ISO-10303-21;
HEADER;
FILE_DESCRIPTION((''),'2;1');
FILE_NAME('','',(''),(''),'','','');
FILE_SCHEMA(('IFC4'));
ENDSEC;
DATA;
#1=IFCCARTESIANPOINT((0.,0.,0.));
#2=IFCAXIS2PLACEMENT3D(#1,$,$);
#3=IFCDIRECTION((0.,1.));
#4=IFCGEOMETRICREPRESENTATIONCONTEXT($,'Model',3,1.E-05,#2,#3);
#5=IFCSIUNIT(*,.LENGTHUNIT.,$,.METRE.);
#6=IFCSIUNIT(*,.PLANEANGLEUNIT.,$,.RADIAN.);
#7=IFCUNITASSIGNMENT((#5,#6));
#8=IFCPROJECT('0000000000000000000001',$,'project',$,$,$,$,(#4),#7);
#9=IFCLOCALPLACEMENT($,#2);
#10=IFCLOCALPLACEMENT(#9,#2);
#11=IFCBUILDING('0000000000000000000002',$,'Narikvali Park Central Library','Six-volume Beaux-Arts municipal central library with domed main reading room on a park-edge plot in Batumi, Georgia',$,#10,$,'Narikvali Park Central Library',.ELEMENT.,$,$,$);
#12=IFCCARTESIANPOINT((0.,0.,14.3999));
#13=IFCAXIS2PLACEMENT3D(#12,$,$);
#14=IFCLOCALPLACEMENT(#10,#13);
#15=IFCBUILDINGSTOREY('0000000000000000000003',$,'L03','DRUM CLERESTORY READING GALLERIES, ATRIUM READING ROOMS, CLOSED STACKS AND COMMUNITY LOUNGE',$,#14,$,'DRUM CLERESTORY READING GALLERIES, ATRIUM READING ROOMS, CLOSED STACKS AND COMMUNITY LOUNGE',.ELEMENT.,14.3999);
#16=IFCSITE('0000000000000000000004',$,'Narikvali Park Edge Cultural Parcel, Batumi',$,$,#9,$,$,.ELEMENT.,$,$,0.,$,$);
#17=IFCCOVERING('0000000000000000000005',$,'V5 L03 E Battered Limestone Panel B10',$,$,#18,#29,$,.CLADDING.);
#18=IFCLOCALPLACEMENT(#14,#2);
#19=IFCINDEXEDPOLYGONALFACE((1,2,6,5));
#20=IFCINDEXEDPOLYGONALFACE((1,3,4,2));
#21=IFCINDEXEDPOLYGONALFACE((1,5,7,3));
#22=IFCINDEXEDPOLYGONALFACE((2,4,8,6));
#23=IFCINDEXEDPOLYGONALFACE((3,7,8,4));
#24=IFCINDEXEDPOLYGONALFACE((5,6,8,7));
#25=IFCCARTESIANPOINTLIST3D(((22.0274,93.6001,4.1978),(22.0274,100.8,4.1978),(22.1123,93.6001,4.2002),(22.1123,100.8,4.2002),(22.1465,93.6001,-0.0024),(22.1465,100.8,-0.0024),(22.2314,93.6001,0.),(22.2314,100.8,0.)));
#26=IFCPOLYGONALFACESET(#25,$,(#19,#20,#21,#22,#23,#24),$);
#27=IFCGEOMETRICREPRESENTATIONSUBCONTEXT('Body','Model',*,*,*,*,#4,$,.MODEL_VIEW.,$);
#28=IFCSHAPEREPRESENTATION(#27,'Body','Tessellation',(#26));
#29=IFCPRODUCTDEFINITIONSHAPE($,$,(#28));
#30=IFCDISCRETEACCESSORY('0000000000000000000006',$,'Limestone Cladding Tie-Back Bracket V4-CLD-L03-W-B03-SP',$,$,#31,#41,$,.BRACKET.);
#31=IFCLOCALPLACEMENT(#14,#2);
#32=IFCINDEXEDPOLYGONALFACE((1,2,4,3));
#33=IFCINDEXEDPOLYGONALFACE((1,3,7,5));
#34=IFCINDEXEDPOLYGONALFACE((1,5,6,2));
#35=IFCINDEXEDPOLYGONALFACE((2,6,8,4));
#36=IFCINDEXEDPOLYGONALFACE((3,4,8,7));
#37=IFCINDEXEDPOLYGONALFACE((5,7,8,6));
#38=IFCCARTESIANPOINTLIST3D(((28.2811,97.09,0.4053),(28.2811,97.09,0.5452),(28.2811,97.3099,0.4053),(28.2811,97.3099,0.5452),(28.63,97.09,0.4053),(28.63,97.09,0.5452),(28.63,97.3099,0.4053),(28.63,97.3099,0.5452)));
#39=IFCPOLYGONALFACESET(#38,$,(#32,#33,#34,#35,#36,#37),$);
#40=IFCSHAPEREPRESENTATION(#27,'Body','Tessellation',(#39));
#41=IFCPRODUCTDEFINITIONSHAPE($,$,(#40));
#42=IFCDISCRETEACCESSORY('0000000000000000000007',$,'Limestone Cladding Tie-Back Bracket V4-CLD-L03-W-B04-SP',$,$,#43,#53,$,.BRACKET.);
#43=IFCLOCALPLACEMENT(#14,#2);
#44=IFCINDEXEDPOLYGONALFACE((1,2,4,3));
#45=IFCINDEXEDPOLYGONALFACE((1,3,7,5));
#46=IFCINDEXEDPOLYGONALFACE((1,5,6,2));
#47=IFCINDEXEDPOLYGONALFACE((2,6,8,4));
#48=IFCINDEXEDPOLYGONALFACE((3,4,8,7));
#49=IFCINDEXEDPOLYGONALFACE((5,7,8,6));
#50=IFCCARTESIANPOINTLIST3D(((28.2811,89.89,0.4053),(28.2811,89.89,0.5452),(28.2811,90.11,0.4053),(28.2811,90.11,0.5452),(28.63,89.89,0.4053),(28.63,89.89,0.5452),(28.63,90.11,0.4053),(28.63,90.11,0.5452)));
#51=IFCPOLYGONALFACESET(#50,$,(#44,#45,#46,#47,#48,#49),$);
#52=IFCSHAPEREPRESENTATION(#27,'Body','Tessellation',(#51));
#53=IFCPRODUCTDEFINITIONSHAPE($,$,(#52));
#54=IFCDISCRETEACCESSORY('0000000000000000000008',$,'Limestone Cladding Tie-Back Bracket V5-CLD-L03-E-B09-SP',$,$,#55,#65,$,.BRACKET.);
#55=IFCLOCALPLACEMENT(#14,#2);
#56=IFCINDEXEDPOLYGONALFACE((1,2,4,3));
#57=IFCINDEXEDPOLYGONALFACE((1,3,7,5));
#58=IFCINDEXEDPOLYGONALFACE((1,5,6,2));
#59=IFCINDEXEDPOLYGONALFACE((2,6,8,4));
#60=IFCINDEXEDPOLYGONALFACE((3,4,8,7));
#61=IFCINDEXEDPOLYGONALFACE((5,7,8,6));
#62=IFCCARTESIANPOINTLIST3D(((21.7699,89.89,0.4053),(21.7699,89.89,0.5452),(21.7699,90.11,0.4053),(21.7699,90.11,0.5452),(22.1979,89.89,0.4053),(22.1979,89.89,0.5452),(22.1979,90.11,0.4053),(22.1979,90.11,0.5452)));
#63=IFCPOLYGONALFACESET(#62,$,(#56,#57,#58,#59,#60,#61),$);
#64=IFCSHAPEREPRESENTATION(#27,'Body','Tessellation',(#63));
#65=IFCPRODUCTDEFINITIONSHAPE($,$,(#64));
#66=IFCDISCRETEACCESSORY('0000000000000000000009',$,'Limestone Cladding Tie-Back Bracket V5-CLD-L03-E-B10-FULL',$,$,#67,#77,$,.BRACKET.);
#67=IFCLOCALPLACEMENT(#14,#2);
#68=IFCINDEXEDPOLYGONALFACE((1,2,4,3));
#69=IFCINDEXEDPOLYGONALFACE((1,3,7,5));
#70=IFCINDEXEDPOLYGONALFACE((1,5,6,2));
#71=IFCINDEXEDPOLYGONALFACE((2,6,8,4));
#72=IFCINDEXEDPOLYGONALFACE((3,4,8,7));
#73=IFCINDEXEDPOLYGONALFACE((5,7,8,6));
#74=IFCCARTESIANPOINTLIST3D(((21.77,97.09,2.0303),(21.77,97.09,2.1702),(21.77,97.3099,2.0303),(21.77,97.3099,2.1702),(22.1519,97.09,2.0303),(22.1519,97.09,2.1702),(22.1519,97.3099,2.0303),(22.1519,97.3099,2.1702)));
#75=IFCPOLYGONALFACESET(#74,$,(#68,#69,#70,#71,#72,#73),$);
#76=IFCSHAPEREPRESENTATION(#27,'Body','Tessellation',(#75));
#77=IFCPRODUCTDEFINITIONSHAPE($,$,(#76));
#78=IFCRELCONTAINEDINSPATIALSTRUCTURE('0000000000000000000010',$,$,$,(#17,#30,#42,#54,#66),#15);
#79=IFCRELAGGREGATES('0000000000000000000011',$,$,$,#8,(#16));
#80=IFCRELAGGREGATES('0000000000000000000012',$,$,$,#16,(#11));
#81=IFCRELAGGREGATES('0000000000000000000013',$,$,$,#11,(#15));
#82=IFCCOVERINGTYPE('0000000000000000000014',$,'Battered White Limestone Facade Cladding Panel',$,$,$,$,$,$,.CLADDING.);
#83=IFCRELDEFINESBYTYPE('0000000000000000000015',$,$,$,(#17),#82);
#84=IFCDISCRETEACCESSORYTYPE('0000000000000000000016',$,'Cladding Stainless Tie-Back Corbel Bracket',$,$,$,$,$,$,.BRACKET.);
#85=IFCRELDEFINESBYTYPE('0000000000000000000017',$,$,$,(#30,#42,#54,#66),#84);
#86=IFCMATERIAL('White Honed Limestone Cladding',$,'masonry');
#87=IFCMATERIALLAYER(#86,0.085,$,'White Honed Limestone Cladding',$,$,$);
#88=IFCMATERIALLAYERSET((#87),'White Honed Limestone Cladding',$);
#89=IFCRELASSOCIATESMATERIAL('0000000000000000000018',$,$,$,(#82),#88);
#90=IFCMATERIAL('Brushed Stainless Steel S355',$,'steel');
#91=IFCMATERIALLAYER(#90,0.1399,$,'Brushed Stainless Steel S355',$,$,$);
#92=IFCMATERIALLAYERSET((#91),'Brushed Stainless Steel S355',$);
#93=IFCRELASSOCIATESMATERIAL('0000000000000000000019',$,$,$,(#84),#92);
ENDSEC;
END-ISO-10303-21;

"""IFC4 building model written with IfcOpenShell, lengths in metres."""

from ifc_helpers import new_model, si_unit, direction, frame, origin, origin_2d, place, context, subcontext, project, spatial, polyline, rectangle, outline, extrude, material, layer, layer_set, type_object, element, save


model = new_model("IFC4")

# Units and contexts
model_context = context("Model", 3, precision=1e-05, world=origin(), true_north=direction((0.0, 1.0)))
body_context = subcontext(model_context, "Body", "Model", "MODEL_VIEW")
ifc_project = project(units=[si_unit("LENGTHUNIT", "METRE"), si_unit("PLANEANGLEUNIT", "RADIAN")], contexts=[model_context])

# Site, building, storey
site_placement = place(None, origin())
site = spatial("IfcSite", under=ifc_project, at=site_placement, Name="Narikvali Park Edge Cultural Parcel, Batumi", CompositionType="ELEMENT", RefElevation=0.0)
building_placement = place(site_placement, origin())
building = spatial("IfcBuilding", under=site, at=building_placement, Name="Narikvali Park Central Library", Description="Six-volume Beaux-Arts municipal central library with domed main reading room on a park-edge plot in Batumi, Georgia", LongName="Narikvali Park Central Library", CompositionType="ELEMENT")
storey_placement = place(building_placement, frame((0.0, 0.0, 14.3999)))
storey = spatial("IfcBuildingStorey", under=building, at=storey_placement, Name="L03", Description="DRUM CLERESTORY READING GALLERIES, ATRIUM READING ROOMS, CLOSED STACKS AND COMMUNITY LOUNGE", LongName="DRUM CLERESTORY READING GALLERIES, ATRIUM READING ROOMS, CLOSED STACKS AND COMMUNITY LOUNGE", CompositionType="ELEMENT", Elevation=14.3999)

# Covering
ifc_material_1 = material(Name="White Honed Limestone Cladding", Category="masonry")
ifc_layer_1 = layer(ifc_material_1, 0.085, Name="White Honed Limestone Cladding")
ifc_layer_set_1 = layer_set([ifc_layer_1], Name="White Honed Limestone Cladding")
covering_type = type_object("IfcCoveringType", Name="Battered White Limestone Facade Cladding Panel", PredefinedType="CLADDING", material=ifc_layer_set_1)
covering_1_placement = place(storey_placement, frame((22.2314, 93.6001, 0.0), z_axis=(0.999598, 0.0, 0.028354), x_axis=(0.0, 1.0, 0.0)))
element("IfcCovering", 1, at=covering_1_placement, inside=storey, type_object=covering_type, Name="V5 L03 E Battered Limestone Panel B10", PredefinedType="CLADDING", context=body_context, shape_type="SweptSolid", body=[
    extrude(outline(polyline([(0.0, 0.0), (7.2, 0.0), (7.2, 4.2019), (0.0, 4.2019), (0.0, 0.0)])), origin(), (0.0, 0.0, -1.0), 0.085),
])

# Discrete accessories
ifc_material_2 = material(Name="Brushed Stainless Steel S355", Category="steel")
ifc_layer_2 = layer(ifc_material_2, 0.1399, Name="Brushed Stainless Steel S355")
ifc_layer_set_2 = layer_set([ifc_layer_2], Name="Brushed Stainless Steel S355")
discrete_accessory_type = type_object("IfcDiscreteAccessoryType", Name="Cladding Stainless Tie-Back Corbel Bracket", PredefinedType="BRACKET", material=ifc_layer_set_2)
for number, where, z_axis, x_axis, name in (
    (2, (28.4556, 97.2, 0.4053), (0.0, 0.0, 1.0), (1.0, 0.0, 0.0), "Limestone Cladding Tie-Back Bracket V4-CLD-L03-W-B03-SP"),
    (3, (28.4556, 90.0, 0.4053), (0.0, 0.0, 1.0), (1.0, 0.0, 0.0), "Limestone Cladding Tie-Back Bracket V4-CLD-L03-W-B04-SP"),
):
    element("IfcDiscreteAccessory", number, at=place(storey_placement, frame(where, z_axis=z_axis, x_axis=x_axis)), inside=storey, type_object=discrete_accessory_type, Name=name, PredefinedType="BRACKET", context=body_context, shape_type="SweptSolid", body=[
        extrude(rectangle(XDim=0.3489, YDim=0.22, at=origin_2d()), origin(), (0.0, 0.0, 1.0), 0.1399),
    ])
discrete_accessory_1_placement = place(storey_placement, frame((21.9839, 90.0, 0.4053), z_axis=(0.0, 0.0, 1.0), x_axis=(1.0, 0.0, 0.0)))
element("IfcDiscreteAccessory", 4, at=discrete_accessory_1_placement, inside=storey, type_object=discrete_accessory_type, Name="Limestone Cladding Tie-Back Bracket V5-CLD-L03-E-B09-SP", PredefinedType="BRACKET", context=body_context, shape_type="SweptSolid", body=[
    extrude(rectangle(XDim=0.428, YDim=0.22, at=origin_2d()), origin(), (0.0, 0.0, 1.0), 0.1399),
])
discrete_accessory_2_placement = place(storey_placement, frame((21.9609, 97.2, 2.0303), z_axis=(0.0, 0.0, 1.0), x_axis=(1.0, 0.0, 0.0)))
element("IfcDiscreteAccessory", 5, at=discrete_accessory_2_placement, inside=storey, type_object=discrete_accessory_type, Name="Limestone Cladding Tie-Back Bracket V5-CLD-L03-E-B10-FULL", PredefinedType="BRACKET", context=body_context, shape_type="SweptSolid", body=[
    extrude(rectangle(XDim=0.3818, YDim=0.22, at=origin_2d()), origin(), (0.0, 0.0, 1.0), 0.1399),
])

save(model, "model.ifc")
